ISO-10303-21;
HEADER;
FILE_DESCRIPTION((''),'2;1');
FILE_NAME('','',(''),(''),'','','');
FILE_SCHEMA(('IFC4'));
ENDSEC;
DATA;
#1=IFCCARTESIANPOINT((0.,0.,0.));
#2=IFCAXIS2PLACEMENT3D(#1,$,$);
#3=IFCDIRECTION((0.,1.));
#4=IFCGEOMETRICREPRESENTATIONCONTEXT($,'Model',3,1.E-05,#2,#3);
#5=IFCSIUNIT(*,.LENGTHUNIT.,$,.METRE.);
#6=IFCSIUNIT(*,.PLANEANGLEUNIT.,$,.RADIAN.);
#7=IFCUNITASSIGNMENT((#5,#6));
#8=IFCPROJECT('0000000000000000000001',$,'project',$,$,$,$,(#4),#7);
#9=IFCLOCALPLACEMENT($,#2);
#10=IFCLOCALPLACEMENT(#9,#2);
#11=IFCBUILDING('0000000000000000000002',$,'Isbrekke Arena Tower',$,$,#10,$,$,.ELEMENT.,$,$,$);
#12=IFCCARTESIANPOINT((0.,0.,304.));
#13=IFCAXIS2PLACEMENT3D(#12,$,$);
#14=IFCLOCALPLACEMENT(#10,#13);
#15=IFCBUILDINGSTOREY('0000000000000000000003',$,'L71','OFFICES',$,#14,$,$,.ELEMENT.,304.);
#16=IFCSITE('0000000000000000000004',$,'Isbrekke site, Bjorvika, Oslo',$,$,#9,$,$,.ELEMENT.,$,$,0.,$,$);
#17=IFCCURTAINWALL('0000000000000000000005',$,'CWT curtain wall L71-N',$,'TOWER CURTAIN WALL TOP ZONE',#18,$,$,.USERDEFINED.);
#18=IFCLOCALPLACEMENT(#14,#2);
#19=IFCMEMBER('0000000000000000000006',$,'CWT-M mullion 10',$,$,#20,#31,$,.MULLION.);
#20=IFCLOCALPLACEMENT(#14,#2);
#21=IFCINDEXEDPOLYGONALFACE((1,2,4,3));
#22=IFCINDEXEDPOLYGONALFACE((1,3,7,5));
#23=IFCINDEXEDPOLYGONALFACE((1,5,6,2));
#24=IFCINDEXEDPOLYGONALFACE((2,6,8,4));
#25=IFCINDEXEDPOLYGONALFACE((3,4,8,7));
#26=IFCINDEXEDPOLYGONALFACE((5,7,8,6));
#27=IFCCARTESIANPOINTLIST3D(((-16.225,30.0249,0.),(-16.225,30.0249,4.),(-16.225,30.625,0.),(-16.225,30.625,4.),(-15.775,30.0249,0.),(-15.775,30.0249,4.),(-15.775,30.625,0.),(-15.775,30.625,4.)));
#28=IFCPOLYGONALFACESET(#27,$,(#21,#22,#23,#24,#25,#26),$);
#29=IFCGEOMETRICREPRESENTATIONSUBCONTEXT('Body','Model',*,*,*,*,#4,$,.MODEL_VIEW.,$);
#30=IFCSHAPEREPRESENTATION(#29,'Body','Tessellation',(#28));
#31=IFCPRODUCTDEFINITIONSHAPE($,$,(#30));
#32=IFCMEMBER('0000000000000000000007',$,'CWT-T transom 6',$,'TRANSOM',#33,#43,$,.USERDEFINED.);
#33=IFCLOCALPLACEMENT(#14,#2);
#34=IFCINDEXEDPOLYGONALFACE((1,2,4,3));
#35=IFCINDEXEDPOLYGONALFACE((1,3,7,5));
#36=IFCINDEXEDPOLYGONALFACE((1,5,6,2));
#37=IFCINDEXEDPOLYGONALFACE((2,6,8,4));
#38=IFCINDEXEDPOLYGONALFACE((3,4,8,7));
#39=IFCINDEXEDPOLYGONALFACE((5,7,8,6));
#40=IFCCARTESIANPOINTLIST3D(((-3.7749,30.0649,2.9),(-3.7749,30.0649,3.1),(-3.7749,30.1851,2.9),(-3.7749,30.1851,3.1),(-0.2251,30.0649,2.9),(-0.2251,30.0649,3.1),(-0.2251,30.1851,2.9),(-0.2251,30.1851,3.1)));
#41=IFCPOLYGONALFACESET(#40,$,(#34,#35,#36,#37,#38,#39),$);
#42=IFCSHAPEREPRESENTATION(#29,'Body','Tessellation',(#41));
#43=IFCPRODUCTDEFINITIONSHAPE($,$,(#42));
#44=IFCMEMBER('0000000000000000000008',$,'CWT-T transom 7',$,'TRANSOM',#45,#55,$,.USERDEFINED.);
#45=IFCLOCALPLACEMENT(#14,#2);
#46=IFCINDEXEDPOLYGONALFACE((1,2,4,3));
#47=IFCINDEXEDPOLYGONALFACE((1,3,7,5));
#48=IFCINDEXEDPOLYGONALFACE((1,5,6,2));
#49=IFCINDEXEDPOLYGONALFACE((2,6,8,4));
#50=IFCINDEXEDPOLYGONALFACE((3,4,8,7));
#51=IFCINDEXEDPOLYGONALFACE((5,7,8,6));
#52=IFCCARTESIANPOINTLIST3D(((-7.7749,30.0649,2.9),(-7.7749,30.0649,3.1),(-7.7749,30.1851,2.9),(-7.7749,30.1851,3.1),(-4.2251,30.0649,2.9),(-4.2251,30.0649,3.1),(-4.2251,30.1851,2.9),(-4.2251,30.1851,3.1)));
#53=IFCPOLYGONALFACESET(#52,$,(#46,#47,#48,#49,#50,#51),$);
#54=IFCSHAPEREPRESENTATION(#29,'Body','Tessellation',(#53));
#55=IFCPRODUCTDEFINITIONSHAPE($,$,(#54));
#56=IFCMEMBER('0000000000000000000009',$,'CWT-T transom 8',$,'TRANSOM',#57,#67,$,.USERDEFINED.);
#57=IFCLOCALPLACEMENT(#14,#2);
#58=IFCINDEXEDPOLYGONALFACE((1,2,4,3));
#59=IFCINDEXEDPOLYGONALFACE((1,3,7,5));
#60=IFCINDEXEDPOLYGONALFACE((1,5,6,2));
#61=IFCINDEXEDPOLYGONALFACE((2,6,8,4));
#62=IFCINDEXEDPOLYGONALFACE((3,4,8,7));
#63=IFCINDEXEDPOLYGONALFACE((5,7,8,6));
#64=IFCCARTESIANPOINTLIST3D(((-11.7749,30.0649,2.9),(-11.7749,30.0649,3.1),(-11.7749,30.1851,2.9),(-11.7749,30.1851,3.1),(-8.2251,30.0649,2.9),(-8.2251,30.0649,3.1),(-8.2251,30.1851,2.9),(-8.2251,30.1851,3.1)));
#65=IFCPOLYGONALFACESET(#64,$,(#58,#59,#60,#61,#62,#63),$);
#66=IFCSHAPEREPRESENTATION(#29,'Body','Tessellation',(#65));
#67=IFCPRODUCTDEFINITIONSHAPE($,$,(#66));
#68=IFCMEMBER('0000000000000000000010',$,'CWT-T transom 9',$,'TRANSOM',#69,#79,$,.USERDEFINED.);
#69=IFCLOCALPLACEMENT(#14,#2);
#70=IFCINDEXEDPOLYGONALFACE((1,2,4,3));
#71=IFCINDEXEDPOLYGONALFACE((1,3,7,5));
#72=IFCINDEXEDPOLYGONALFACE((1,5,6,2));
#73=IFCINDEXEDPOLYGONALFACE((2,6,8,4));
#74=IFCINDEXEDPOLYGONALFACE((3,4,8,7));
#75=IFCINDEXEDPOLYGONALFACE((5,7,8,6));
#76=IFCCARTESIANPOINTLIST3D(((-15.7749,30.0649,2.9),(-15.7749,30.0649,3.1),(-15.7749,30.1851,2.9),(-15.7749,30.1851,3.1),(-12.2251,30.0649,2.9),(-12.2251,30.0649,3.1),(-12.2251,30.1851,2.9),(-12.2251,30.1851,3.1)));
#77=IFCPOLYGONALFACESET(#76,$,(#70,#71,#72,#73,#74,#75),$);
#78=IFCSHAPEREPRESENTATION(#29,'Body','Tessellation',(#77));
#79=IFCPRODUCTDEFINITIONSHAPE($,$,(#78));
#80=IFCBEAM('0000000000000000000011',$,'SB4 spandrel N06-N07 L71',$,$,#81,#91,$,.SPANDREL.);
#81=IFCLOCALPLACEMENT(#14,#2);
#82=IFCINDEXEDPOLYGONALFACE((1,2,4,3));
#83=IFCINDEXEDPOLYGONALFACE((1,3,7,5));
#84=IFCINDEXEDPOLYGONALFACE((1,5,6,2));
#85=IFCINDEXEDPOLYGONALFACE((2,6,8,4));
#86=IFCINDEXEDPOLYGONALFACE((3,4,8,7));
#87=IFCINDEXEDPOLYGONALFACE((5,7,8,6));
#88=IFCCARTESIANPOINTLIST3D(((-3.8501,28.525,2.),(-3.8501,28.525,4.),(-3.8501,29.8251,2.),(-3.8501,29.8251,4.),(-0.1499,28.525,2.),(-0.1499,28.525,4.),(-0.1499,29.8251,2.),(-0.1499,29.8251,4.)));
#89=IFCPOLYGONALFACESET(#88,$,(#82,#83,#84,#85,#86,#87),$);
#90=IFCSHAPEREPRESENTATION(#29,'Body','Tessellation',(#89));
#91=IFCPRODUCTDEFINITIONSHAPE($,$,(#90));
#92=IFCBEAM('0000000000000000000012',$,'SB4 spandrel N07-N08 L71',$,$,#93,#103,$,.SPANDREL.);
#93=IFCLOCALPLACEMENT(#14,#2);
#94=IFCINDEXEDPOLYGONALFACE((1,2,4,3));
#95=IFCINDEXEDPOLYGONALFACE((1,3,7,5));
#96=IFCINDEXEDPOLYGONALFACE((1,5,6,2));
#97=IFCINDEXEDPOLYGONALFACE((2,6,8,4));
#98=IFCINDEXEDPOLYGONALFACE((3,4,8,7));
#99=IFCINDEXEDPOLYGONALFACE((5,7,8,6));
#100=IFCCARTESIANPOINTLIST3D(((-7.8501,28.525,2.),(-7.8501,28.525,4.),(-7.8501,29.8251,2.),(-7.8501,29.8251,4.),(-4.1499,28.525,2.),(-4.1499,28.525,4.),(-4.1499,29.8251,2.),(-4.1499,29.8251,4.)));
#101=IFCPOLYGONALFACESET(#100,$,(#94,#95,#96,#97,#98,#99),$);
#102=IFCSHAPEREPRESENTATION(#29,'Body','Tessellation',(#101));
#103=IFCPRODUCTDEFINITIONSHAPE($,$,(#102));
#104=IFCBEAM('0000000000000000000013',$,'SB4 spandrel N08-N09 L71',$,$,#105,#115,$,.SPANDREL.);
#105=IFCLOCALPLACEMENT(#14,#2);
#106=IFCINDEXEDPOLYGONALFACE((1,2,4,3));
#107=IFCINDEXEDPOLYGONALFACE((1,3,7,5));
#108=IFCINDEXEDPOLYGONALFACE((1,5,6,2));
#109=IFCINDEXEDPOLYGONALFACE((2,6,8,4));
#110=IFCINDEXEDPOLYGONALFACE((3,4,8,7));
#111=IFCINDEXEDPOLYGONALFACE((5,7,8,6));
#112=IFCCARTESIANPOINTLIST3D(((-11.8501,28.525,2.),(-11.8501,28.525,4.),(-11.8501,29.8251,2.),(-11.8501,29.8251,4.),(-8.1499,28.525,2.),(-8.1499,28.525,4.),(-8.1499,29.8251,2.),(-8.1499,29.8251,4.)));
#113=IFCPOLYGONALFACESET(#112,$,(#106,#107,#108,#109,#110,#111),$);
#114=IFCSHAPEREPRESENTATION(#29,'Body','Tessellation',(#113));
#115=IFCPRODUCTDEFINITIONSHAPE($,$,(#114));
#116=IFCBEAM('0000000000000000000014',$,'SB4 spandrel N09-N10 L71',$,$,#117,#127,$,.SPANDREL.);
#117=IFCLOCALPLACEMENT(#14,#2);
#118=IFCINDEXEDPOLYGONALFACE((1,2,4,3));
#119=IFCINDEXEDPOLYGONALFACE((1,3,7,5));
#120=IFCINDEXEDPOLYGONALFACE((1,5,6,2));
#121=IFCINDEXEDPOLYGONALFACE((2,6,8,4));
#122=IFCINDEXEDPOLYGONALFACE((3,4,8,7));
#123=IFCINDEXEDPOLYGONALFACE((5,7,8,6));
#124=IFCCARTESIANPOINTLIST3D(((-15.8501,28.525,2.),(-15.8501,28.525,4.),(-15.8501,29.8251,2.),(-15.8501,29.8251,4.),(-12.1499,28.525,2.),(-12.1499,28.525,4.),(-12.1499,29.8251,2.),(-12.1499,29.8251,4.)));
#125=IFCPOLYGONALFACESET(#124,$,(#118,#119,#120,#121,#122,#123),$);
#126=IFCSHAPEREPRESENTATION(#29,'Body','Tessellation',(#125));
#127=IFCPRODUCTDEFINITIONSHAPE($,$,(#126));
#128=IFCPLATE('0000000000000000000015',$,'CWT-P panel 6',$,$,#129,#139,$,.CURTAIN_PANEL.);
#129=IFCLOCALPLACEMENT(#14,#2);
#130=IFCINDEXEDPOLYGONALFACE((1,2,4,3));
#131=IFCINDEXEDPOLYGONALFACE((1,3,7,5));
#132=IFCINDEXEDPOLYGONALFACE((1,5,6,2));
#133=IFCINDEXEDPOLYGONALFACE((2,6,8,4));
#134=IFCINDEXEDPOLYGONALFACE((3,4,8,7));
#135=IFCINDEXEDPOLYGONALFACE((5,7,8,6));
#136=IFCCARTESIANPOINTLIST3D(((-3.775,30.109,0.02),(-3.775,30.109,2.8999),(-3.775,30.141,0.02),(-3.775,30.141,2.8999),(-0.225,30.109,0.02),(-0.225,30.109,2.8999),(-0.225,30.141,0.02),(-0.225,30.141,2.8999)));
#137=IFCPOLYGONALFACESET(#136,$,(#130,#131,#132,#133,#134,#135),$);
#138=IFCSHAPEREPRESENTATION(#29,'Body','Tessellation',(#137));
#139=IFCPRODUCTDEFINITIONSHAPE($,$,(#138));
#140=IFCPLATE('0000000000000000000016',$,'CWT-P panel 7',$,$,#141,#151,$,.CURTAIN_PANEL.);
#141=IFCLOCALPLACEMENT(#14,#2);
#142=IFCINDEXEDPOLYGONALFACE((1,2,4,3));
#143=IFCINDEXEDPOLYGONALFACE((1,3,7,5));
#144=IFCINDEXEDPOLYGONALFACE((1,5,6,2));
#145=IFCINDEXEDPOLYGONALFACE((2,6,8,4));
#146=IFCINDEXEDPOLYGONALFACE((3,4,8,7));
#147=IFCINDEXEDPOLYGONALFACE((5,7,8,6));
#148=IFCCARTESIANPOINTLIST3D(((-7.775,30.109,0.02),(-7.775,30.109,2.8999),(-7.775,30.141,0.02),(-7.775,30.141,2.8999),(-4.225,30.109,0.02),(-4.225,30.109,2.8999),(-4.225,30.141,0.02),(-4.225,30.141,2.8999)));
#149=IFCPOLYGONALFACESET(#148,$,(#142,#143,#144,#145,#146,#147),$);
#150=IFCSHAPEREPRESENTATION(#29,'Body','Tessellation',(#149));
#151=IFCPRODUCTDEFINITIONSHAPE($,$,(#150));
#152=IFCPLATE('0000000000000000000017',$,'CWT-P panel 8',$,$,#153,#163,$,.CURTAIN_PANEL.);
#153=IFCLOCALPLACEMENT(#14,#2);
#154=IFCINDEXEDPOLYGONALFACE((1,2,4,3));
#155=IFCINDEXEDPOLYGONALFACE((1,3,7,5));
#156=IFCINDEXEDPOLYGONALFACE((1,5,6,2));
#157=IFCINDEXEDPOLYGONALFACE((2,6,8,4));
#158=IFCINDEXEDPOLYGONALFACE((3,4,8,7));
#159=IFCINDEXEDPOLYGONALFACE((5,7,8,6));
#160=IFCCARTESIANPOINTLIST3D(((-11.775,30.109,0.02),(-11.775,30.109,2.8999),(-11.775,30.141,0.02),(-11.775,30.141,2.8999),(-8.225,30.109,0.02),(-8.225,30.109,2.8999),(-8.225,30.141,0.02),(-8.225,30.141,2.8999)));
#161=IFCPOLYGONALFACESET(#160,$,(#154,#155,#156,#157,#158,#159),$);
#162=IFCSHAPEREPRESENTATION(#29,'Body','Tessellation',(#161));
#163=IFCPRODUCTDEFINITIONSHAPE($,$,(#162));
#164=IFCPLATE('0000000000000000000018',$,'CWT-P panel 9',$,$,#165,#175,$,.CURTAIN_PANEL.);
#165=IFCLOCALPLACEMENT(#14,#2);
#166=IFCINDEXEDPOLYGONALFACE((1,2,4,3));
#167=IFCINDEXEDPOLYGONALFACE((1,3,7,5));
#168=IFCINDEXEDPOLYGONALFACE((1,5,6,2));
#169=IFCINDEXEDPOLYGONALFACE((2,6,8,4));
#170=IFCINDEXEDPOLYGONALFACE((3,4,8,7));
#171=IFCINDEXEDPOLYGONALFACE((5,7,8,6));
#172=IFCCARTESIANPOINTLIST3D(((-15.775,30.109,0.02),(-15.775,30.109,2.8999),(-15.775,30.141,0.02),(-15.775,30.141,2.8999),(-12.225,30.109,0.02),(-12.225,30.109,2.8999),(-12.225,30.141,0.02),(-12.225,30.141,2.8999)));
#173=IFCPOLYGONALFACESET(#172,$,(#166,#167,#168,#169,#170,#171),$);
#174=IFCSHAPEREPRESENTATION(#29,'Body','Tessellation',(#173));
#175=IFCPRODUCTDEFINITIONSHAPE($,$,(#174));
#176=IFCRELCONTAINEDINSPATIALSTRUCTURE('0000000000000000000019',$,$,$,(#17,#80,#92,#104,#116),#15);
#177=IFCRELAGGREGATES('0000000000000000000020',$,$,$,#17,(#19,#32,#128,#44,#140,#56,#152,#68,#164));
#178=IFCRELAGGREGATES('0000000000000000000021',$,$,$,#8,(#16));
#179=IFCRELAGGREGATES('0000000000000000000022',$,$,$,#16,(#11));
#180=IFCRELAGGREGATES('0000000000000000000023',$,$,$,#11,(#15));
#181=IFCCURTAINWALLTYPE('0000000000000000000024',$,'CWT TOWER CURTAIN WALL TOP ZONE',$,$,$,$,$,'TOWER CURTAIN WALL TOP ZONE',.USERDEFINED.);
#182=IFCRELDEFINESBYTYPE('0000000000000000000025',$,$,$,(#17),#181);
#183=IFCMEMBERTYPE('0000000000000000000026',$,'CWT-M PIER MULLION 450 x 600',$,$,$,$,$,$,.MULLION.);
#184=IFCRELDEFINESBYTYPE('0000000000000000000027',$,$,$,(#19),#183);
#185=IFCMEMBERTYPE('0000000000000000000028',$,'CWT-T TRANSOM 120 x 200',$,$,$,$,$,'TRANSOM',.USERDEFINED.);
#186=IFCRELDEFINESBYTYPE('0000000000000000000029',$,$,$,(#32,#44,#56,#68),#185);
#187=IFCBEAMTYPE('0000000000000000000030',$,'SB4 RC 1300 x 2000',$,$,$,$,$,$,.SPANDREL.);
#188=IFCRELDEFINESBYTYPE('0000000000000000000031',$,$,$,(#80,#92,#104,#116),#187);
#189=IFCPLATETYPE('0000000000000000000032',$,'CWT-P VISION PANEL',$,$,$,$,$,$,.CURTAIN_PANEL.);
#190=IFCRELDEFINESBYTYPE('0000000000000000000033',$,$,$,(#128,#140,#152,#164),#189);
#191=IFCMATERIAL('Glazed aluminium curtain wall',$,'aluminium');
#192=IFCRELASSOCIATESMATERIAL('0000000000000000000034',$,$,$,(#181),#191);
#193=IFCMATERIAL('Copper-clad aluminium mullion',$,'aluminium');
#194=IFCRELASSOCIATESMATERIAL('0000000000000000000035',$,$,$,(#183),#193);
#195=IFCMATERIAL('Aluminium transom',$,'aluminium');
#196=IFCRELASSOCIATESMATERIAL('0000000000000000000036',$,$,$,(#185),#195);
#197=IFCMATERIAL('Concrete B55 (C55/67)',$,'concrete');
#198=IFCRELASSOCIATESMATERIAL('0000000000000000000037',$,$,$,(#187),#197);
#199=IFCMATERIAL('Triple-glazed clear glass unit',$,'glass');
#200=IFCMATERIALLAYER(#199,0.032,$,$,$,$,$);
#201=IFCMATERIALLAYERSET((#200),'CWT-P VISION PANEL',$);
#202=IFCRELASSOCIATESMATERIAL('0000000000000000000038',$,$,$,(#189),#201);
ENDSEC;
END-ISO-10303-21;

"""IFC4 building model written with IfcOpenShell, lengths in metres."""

from ifc_helpers import new_model, si_unit, direction, frame, origin, origin_2d, place, context, subcontext, project, spatial, rectangle, extrude, material, layer, layer_set, material_profile, profile_set, type_object, element, aggregate, save


model = new_model("IFC4")

# Units and contexts
model_context = context("Model", 3, precision=1e-05, world=origin(), true_north=direction((0.0, 1.0)))
body_context = subcontext(model_context, "Body", "Model", "MODEL_VIEW")
ifc_project = project(units=[si_unit("LENGTHUNIT", "METRE"), si_unit("PLANEANGLEUNIT", "RADIAN")], contexts=[model_context])

# Site, building, storey
site_placement = place(None, origin())
site = spatial("IfcSite", under=ifc_project, at=site_placement, Name="Isbrekke site, Bjorvika, Oslo", CompositionType="ELEMENT", RefElevation=0.0)
building_placement = place(site_placement, origin())
building = spatial("IfcBuilding", under=site, at=building_placement, Name="Isbrekke Arena Tower", CompositionType="ELEMENT")
storey_placement = place(building_placement, frame((0.0, 0.0, 304.0)))
storey = spatial("IfcBuildingStorey", under=building, at=storey_placement, Name="L71", Description="OFFICES", CompositionType="ELEMENT", Elevation=304.0)

# Curtain wall, members
ifc_material_1 = material(Name="Glazed aluminium curtain wall", Category="aluminium")
curtain_wall_type = type_object("IfcCurtainWallType", Name="CWT TOWER CURTAIN WALL TOP ZONE", ElementType="TOWER CURTAIN WALL TOP ZONE", PredefinedType="USERDEFINED", material=ifc_material_1)
curtain_wall_placement = place(storey_placement, origin())
curtain_wall = element("IfcCurtainWall", 1, at=curtain_wall_placement, inside=storey, type_object=curtain_wall_type, Name="CWT curtain wall L71-N", ObjectType="TOWER CURTAIN WALL TOP ZONE", PredefinedType="USERDEFINED")
ifc_material_2 = material(Name="Copper-clad aluminium mullion", Category="aluminium")
ifc_material_profile_1 = material_profile(ifc_material_2, rectangle(XDim=0.45, YDim=0.6001, at=origin_2d()), Name="PIER 450X600")
ifc_profile_set_1 = profile_set([ifc_material_profile_1], Name="Copper-clad aluminium mullion")
member_type_1 = type_object("IfcMemberType", Name="CWT-M PIER MULLION 450 x 600", PredefinedType="MULLION", material=ifc_profile_set_1)
member_1_placement = place(storey_placement, frame((-16.0, 30.325, 0.0), z_axis=(0.0, 0.0, 1.0), x_axis=(-1.0, 0.0, 0.0)))
member_1 = element("IfcMember", 2, at=member_1_placement, type_object=member_type_1, Name="CWT-M mullion 10", PredefinedType="MULLION", context=body_context, shape_type="SweptSolid", body=[
    extrude(rectangle(XDim=0.45, YDim=0.6001, at=origin_2d()), origin(), (0.0, 0.0, 1.0), 4.0),
])
ifc_material_3 = material(Name="Aluminium transom", Category="aluminium")
ifc_material_profile_2 = material_profile(ifc_material_3, rectangle(XDim=0.1201, YDim=0.2, at=origin_2d()), Name="TRANSOM 120X200")
ifc_profile_set_2 = profile_set([ifc_material_profile_2], Name="Aluminium transom")
member_type_2 = type_object("IfcMemberType", Name="CWT-T TRANSOM 120 x 200", ElementType="TRANSOM", PredefinedType="USERDEFINED", material=ifc_profile_set_2)
member_2_placement = place(storey_placement, frame((-0.2251, 30.125, 3.0), z_axis=(-1.0, 0.0, 0.0), x_axis=(0.0, -1.0, 0.0)))
member_2 = element("IfcMember", 3, at=member_2_placement, type_object=member_type_2, Name="CWT-T transom 6", ObjectType="TRANSOM", PredefinedType="USERDEFINED", context=body_context, shape_type="SweptSolid", body=[
    extrude(rectangle(XDim=0.1201, YDim=0.2, at=origin_2d()), origin(), (0.0, 0.0, 1.0), 3.5498),
])
member_3_placement = place(storey_placement, frame((-4.2251, 30.125, 3.0), z_axis=(-1.0, 0.0, 0.0), x_axis=(0.0, -1.0, 0.0)))
member_3 = element("IfcMember", 4, at=member_3_placement, type_object=member_type_2, Name="CWT-T transom 7", ObjectType="TRANSOM", PredefinedType="USERDEFINED", context=body_context, shape_type="SweptSolid", body=[
    extrude(rectangle(XDim=0.1201, YDim=0.2, at=origin_2d()), origin(), (0.0, 0.0, 1.0), 3.5498),
])
member_4_placement = place(storey_placement, frame((-8.2251, 30.125, 3.0), z_axis=(-1.0, 0.0, 0.0), x_axis=(0.0, -1.0, 0.0)))
member_4 = element("IfcMember", 5, at=member_4_placement, type_object=member_type_2, Name="CWT-T transom 8", ObjectType="TRANSOM", PredefinedType="USERDEFINED", context=body_context, shape_type="SweptSolid", body=[
    extrude(rectangle(XDim=0.1201, YDim=0.2, at=origin_2d()), origin(), (0.0, 0.0, 1.0), 3.5498),
])
member_5_placement = place(storey_placement, frame((-12.2251, 30.125, 3.0), z_axis=(-1.0, 0.0, 0.0), x_axis=(0.0, -1.0, 0.0)))
member_5 = element("IfcMember", 6, at=member_5_placement, type_object=member_type_2, Name="CWT-T transom 9", ObjectType="TRANSOM", PredefinedType="USERDEFINED", context=body_context, shape_type="SweptSolid", body=[
    extrude(rectangle(XDim=0.1201, YDim=0.2, at=origin_2d()), origin(), (0.0, 0.0, 1.0), 3.5498),
])

# Beams
ifc_material_4 = material(Name="Concrete B55 (C55/67)", Category="concrete")
ifc_material_profile_3 = material_profile(ifc_material_4, rectangle(XDim=1.3, YDim=2.0, at=origin_2d()), Name="RC 1300x2000")
ifc_profile_set_3 = profile_set([ifc_material_profile_3], Name="Concrete B55 (C55/67)")
beam_type_1 = type_object("IfcBeamType", Name="SB4 RC 1300 x 2000", PredefinedType="SPANDREL", material=ifc_profile_set_3)
for number, where, z_axis, x_axis, name in (
    (7, (-0.1499, 29.175, 3.0), (-1.0, 0.0, 0.0), (0.0, -1.0, 0.0), "SB4 spandrel N06-N07 L71"),
    (8, (-4.1499, 29.175, 3.0), (-1.0, 0.0, 0.0), (0.0, -1.0, 0.0), "SB4 spandrel N07-N08 L71"),
    (9, (-8.1499, 29.175, 3.0), (-1.0, 0.0, 0.0), (0.0, -1.0, 0.0), "SB4 spandrel N08-N09 L71"),
    (10, (-12.1499, 29.175, 3.0), (-1.0, 0.0, 0.0), (0.0, -1.0, 0.0), "SB4 spandrel N09-N10 L71"),
):
    element("IfcBeam", number, at=place(storey_placement, frame(where, z_axis=z_axis, x_axis=x_axis)), inside=storey, type_object=beam_type_1, Name=name, PredefinedType="SPANDREL", context=body_context, shape_type="SweptSolid", body=[
        extrude(rectangle(XDim=1.3, YDim=2.0, at=origin_2d()), origin(), (0.0, 0.0, 1.0), 3.7002),
    ])

# Plates
ifc_material_5 = material(Name="Triple-glazed clear glass unit", Category="glass")
ifc_layer = layer(ifc_material_5, 0.032)
ifc_layer_set = layer_set([ifc_layer], Name="CWT-P VISION PANEL")
plate_type = type_object("IfcPlateType", Name="CWT-P VISION PANEL", PredefinedType="CURTAIN_PANEL", material=ifc_layer_set)
plate_1_placement = place(storey_placement, frame((-2.0, 30.125, 0.02), z_axis=(0.0, 0.0, 1.0), x_axis=(-1.0, 0.0, 0.0)))
plate_1 = element("IfcPlate", 11, at=plate_1_placement, type_object=plate_type, Name="CWT-P panel 6", PredefinedType="CURTAIN_PANEL", context=body_context, shape_type="SweptSolid", body=[
    extrude(rectangle(XDim=3.55, YDim=0.032, at=origin_2d()), origin(), (0.0, 0.0, 1.0), 2.8799),
])
plate_2_placement = place(storey_placement, frame((-6.0, 30.125, 0.02), z_axis=(0.0, 0.0, 1.0), x_axis=(-1.0, 0.0, 0.0)))
plate_2 = element("IfcPlate", 12, at=plate_2_placement, type_object=plate_type, Name="CWT-P panel 7", PredefinedType="CURTAIN_PANEL", context=body_context, shape_type="SweptSolid", body=[
    extrude(rectangle(XDim=3.55, YDim=0.032, at=origin_2d()), origin(), (0.0, 0.0, 1.0), 2.8799),
])
plate_3_placement = place(storey_placement, frame((-10.0, 30.125, 0.02), z_axis=(0.0, 0.0, 1.0), x_axis=(-1.0, 0.0, 0.0)))
plate_3 = element("IfcPlate", 13, at=plate_3_placement, type_object=plate_type, Name="CWT-P panel 8", PredefinedType="CURTAIN_PANEL", context=body_context, shape_type="SweptSolid", body=[
    extrude(rectangle(XDim=3.55, YDim=0.032, at=origin_2d()), origin(), (0.0, 0.0, 1.0), 2.8799),
])
plate_4_placement = place(storey_placement, frame((-14.0, 30.125, 0.02), z_axis=(0.0, 0.0, 1.0), x_axis=(-1.0, 0.0, 0.0)))
plate_4 = element("IfcPlate", 14, at=plate_4_placement, type_object=plate_type, Name="CWT-P panel 9", PredefinedType="CURTAIN_PANEL", context=body_context, shape_type="SweptSolid", body=[
    extrude(rectangle(XDim=3.55, YDim=0.032, at=origin_2d()), origin(), (0.0, 0.0, 1.0), 2.8799),
])
aggregate(curtain_wall, [member_1, member_2, plate_1, member_3, plate_2, member_4, plate_3, member_5, plate_4])

save(model, "model.ifc")
